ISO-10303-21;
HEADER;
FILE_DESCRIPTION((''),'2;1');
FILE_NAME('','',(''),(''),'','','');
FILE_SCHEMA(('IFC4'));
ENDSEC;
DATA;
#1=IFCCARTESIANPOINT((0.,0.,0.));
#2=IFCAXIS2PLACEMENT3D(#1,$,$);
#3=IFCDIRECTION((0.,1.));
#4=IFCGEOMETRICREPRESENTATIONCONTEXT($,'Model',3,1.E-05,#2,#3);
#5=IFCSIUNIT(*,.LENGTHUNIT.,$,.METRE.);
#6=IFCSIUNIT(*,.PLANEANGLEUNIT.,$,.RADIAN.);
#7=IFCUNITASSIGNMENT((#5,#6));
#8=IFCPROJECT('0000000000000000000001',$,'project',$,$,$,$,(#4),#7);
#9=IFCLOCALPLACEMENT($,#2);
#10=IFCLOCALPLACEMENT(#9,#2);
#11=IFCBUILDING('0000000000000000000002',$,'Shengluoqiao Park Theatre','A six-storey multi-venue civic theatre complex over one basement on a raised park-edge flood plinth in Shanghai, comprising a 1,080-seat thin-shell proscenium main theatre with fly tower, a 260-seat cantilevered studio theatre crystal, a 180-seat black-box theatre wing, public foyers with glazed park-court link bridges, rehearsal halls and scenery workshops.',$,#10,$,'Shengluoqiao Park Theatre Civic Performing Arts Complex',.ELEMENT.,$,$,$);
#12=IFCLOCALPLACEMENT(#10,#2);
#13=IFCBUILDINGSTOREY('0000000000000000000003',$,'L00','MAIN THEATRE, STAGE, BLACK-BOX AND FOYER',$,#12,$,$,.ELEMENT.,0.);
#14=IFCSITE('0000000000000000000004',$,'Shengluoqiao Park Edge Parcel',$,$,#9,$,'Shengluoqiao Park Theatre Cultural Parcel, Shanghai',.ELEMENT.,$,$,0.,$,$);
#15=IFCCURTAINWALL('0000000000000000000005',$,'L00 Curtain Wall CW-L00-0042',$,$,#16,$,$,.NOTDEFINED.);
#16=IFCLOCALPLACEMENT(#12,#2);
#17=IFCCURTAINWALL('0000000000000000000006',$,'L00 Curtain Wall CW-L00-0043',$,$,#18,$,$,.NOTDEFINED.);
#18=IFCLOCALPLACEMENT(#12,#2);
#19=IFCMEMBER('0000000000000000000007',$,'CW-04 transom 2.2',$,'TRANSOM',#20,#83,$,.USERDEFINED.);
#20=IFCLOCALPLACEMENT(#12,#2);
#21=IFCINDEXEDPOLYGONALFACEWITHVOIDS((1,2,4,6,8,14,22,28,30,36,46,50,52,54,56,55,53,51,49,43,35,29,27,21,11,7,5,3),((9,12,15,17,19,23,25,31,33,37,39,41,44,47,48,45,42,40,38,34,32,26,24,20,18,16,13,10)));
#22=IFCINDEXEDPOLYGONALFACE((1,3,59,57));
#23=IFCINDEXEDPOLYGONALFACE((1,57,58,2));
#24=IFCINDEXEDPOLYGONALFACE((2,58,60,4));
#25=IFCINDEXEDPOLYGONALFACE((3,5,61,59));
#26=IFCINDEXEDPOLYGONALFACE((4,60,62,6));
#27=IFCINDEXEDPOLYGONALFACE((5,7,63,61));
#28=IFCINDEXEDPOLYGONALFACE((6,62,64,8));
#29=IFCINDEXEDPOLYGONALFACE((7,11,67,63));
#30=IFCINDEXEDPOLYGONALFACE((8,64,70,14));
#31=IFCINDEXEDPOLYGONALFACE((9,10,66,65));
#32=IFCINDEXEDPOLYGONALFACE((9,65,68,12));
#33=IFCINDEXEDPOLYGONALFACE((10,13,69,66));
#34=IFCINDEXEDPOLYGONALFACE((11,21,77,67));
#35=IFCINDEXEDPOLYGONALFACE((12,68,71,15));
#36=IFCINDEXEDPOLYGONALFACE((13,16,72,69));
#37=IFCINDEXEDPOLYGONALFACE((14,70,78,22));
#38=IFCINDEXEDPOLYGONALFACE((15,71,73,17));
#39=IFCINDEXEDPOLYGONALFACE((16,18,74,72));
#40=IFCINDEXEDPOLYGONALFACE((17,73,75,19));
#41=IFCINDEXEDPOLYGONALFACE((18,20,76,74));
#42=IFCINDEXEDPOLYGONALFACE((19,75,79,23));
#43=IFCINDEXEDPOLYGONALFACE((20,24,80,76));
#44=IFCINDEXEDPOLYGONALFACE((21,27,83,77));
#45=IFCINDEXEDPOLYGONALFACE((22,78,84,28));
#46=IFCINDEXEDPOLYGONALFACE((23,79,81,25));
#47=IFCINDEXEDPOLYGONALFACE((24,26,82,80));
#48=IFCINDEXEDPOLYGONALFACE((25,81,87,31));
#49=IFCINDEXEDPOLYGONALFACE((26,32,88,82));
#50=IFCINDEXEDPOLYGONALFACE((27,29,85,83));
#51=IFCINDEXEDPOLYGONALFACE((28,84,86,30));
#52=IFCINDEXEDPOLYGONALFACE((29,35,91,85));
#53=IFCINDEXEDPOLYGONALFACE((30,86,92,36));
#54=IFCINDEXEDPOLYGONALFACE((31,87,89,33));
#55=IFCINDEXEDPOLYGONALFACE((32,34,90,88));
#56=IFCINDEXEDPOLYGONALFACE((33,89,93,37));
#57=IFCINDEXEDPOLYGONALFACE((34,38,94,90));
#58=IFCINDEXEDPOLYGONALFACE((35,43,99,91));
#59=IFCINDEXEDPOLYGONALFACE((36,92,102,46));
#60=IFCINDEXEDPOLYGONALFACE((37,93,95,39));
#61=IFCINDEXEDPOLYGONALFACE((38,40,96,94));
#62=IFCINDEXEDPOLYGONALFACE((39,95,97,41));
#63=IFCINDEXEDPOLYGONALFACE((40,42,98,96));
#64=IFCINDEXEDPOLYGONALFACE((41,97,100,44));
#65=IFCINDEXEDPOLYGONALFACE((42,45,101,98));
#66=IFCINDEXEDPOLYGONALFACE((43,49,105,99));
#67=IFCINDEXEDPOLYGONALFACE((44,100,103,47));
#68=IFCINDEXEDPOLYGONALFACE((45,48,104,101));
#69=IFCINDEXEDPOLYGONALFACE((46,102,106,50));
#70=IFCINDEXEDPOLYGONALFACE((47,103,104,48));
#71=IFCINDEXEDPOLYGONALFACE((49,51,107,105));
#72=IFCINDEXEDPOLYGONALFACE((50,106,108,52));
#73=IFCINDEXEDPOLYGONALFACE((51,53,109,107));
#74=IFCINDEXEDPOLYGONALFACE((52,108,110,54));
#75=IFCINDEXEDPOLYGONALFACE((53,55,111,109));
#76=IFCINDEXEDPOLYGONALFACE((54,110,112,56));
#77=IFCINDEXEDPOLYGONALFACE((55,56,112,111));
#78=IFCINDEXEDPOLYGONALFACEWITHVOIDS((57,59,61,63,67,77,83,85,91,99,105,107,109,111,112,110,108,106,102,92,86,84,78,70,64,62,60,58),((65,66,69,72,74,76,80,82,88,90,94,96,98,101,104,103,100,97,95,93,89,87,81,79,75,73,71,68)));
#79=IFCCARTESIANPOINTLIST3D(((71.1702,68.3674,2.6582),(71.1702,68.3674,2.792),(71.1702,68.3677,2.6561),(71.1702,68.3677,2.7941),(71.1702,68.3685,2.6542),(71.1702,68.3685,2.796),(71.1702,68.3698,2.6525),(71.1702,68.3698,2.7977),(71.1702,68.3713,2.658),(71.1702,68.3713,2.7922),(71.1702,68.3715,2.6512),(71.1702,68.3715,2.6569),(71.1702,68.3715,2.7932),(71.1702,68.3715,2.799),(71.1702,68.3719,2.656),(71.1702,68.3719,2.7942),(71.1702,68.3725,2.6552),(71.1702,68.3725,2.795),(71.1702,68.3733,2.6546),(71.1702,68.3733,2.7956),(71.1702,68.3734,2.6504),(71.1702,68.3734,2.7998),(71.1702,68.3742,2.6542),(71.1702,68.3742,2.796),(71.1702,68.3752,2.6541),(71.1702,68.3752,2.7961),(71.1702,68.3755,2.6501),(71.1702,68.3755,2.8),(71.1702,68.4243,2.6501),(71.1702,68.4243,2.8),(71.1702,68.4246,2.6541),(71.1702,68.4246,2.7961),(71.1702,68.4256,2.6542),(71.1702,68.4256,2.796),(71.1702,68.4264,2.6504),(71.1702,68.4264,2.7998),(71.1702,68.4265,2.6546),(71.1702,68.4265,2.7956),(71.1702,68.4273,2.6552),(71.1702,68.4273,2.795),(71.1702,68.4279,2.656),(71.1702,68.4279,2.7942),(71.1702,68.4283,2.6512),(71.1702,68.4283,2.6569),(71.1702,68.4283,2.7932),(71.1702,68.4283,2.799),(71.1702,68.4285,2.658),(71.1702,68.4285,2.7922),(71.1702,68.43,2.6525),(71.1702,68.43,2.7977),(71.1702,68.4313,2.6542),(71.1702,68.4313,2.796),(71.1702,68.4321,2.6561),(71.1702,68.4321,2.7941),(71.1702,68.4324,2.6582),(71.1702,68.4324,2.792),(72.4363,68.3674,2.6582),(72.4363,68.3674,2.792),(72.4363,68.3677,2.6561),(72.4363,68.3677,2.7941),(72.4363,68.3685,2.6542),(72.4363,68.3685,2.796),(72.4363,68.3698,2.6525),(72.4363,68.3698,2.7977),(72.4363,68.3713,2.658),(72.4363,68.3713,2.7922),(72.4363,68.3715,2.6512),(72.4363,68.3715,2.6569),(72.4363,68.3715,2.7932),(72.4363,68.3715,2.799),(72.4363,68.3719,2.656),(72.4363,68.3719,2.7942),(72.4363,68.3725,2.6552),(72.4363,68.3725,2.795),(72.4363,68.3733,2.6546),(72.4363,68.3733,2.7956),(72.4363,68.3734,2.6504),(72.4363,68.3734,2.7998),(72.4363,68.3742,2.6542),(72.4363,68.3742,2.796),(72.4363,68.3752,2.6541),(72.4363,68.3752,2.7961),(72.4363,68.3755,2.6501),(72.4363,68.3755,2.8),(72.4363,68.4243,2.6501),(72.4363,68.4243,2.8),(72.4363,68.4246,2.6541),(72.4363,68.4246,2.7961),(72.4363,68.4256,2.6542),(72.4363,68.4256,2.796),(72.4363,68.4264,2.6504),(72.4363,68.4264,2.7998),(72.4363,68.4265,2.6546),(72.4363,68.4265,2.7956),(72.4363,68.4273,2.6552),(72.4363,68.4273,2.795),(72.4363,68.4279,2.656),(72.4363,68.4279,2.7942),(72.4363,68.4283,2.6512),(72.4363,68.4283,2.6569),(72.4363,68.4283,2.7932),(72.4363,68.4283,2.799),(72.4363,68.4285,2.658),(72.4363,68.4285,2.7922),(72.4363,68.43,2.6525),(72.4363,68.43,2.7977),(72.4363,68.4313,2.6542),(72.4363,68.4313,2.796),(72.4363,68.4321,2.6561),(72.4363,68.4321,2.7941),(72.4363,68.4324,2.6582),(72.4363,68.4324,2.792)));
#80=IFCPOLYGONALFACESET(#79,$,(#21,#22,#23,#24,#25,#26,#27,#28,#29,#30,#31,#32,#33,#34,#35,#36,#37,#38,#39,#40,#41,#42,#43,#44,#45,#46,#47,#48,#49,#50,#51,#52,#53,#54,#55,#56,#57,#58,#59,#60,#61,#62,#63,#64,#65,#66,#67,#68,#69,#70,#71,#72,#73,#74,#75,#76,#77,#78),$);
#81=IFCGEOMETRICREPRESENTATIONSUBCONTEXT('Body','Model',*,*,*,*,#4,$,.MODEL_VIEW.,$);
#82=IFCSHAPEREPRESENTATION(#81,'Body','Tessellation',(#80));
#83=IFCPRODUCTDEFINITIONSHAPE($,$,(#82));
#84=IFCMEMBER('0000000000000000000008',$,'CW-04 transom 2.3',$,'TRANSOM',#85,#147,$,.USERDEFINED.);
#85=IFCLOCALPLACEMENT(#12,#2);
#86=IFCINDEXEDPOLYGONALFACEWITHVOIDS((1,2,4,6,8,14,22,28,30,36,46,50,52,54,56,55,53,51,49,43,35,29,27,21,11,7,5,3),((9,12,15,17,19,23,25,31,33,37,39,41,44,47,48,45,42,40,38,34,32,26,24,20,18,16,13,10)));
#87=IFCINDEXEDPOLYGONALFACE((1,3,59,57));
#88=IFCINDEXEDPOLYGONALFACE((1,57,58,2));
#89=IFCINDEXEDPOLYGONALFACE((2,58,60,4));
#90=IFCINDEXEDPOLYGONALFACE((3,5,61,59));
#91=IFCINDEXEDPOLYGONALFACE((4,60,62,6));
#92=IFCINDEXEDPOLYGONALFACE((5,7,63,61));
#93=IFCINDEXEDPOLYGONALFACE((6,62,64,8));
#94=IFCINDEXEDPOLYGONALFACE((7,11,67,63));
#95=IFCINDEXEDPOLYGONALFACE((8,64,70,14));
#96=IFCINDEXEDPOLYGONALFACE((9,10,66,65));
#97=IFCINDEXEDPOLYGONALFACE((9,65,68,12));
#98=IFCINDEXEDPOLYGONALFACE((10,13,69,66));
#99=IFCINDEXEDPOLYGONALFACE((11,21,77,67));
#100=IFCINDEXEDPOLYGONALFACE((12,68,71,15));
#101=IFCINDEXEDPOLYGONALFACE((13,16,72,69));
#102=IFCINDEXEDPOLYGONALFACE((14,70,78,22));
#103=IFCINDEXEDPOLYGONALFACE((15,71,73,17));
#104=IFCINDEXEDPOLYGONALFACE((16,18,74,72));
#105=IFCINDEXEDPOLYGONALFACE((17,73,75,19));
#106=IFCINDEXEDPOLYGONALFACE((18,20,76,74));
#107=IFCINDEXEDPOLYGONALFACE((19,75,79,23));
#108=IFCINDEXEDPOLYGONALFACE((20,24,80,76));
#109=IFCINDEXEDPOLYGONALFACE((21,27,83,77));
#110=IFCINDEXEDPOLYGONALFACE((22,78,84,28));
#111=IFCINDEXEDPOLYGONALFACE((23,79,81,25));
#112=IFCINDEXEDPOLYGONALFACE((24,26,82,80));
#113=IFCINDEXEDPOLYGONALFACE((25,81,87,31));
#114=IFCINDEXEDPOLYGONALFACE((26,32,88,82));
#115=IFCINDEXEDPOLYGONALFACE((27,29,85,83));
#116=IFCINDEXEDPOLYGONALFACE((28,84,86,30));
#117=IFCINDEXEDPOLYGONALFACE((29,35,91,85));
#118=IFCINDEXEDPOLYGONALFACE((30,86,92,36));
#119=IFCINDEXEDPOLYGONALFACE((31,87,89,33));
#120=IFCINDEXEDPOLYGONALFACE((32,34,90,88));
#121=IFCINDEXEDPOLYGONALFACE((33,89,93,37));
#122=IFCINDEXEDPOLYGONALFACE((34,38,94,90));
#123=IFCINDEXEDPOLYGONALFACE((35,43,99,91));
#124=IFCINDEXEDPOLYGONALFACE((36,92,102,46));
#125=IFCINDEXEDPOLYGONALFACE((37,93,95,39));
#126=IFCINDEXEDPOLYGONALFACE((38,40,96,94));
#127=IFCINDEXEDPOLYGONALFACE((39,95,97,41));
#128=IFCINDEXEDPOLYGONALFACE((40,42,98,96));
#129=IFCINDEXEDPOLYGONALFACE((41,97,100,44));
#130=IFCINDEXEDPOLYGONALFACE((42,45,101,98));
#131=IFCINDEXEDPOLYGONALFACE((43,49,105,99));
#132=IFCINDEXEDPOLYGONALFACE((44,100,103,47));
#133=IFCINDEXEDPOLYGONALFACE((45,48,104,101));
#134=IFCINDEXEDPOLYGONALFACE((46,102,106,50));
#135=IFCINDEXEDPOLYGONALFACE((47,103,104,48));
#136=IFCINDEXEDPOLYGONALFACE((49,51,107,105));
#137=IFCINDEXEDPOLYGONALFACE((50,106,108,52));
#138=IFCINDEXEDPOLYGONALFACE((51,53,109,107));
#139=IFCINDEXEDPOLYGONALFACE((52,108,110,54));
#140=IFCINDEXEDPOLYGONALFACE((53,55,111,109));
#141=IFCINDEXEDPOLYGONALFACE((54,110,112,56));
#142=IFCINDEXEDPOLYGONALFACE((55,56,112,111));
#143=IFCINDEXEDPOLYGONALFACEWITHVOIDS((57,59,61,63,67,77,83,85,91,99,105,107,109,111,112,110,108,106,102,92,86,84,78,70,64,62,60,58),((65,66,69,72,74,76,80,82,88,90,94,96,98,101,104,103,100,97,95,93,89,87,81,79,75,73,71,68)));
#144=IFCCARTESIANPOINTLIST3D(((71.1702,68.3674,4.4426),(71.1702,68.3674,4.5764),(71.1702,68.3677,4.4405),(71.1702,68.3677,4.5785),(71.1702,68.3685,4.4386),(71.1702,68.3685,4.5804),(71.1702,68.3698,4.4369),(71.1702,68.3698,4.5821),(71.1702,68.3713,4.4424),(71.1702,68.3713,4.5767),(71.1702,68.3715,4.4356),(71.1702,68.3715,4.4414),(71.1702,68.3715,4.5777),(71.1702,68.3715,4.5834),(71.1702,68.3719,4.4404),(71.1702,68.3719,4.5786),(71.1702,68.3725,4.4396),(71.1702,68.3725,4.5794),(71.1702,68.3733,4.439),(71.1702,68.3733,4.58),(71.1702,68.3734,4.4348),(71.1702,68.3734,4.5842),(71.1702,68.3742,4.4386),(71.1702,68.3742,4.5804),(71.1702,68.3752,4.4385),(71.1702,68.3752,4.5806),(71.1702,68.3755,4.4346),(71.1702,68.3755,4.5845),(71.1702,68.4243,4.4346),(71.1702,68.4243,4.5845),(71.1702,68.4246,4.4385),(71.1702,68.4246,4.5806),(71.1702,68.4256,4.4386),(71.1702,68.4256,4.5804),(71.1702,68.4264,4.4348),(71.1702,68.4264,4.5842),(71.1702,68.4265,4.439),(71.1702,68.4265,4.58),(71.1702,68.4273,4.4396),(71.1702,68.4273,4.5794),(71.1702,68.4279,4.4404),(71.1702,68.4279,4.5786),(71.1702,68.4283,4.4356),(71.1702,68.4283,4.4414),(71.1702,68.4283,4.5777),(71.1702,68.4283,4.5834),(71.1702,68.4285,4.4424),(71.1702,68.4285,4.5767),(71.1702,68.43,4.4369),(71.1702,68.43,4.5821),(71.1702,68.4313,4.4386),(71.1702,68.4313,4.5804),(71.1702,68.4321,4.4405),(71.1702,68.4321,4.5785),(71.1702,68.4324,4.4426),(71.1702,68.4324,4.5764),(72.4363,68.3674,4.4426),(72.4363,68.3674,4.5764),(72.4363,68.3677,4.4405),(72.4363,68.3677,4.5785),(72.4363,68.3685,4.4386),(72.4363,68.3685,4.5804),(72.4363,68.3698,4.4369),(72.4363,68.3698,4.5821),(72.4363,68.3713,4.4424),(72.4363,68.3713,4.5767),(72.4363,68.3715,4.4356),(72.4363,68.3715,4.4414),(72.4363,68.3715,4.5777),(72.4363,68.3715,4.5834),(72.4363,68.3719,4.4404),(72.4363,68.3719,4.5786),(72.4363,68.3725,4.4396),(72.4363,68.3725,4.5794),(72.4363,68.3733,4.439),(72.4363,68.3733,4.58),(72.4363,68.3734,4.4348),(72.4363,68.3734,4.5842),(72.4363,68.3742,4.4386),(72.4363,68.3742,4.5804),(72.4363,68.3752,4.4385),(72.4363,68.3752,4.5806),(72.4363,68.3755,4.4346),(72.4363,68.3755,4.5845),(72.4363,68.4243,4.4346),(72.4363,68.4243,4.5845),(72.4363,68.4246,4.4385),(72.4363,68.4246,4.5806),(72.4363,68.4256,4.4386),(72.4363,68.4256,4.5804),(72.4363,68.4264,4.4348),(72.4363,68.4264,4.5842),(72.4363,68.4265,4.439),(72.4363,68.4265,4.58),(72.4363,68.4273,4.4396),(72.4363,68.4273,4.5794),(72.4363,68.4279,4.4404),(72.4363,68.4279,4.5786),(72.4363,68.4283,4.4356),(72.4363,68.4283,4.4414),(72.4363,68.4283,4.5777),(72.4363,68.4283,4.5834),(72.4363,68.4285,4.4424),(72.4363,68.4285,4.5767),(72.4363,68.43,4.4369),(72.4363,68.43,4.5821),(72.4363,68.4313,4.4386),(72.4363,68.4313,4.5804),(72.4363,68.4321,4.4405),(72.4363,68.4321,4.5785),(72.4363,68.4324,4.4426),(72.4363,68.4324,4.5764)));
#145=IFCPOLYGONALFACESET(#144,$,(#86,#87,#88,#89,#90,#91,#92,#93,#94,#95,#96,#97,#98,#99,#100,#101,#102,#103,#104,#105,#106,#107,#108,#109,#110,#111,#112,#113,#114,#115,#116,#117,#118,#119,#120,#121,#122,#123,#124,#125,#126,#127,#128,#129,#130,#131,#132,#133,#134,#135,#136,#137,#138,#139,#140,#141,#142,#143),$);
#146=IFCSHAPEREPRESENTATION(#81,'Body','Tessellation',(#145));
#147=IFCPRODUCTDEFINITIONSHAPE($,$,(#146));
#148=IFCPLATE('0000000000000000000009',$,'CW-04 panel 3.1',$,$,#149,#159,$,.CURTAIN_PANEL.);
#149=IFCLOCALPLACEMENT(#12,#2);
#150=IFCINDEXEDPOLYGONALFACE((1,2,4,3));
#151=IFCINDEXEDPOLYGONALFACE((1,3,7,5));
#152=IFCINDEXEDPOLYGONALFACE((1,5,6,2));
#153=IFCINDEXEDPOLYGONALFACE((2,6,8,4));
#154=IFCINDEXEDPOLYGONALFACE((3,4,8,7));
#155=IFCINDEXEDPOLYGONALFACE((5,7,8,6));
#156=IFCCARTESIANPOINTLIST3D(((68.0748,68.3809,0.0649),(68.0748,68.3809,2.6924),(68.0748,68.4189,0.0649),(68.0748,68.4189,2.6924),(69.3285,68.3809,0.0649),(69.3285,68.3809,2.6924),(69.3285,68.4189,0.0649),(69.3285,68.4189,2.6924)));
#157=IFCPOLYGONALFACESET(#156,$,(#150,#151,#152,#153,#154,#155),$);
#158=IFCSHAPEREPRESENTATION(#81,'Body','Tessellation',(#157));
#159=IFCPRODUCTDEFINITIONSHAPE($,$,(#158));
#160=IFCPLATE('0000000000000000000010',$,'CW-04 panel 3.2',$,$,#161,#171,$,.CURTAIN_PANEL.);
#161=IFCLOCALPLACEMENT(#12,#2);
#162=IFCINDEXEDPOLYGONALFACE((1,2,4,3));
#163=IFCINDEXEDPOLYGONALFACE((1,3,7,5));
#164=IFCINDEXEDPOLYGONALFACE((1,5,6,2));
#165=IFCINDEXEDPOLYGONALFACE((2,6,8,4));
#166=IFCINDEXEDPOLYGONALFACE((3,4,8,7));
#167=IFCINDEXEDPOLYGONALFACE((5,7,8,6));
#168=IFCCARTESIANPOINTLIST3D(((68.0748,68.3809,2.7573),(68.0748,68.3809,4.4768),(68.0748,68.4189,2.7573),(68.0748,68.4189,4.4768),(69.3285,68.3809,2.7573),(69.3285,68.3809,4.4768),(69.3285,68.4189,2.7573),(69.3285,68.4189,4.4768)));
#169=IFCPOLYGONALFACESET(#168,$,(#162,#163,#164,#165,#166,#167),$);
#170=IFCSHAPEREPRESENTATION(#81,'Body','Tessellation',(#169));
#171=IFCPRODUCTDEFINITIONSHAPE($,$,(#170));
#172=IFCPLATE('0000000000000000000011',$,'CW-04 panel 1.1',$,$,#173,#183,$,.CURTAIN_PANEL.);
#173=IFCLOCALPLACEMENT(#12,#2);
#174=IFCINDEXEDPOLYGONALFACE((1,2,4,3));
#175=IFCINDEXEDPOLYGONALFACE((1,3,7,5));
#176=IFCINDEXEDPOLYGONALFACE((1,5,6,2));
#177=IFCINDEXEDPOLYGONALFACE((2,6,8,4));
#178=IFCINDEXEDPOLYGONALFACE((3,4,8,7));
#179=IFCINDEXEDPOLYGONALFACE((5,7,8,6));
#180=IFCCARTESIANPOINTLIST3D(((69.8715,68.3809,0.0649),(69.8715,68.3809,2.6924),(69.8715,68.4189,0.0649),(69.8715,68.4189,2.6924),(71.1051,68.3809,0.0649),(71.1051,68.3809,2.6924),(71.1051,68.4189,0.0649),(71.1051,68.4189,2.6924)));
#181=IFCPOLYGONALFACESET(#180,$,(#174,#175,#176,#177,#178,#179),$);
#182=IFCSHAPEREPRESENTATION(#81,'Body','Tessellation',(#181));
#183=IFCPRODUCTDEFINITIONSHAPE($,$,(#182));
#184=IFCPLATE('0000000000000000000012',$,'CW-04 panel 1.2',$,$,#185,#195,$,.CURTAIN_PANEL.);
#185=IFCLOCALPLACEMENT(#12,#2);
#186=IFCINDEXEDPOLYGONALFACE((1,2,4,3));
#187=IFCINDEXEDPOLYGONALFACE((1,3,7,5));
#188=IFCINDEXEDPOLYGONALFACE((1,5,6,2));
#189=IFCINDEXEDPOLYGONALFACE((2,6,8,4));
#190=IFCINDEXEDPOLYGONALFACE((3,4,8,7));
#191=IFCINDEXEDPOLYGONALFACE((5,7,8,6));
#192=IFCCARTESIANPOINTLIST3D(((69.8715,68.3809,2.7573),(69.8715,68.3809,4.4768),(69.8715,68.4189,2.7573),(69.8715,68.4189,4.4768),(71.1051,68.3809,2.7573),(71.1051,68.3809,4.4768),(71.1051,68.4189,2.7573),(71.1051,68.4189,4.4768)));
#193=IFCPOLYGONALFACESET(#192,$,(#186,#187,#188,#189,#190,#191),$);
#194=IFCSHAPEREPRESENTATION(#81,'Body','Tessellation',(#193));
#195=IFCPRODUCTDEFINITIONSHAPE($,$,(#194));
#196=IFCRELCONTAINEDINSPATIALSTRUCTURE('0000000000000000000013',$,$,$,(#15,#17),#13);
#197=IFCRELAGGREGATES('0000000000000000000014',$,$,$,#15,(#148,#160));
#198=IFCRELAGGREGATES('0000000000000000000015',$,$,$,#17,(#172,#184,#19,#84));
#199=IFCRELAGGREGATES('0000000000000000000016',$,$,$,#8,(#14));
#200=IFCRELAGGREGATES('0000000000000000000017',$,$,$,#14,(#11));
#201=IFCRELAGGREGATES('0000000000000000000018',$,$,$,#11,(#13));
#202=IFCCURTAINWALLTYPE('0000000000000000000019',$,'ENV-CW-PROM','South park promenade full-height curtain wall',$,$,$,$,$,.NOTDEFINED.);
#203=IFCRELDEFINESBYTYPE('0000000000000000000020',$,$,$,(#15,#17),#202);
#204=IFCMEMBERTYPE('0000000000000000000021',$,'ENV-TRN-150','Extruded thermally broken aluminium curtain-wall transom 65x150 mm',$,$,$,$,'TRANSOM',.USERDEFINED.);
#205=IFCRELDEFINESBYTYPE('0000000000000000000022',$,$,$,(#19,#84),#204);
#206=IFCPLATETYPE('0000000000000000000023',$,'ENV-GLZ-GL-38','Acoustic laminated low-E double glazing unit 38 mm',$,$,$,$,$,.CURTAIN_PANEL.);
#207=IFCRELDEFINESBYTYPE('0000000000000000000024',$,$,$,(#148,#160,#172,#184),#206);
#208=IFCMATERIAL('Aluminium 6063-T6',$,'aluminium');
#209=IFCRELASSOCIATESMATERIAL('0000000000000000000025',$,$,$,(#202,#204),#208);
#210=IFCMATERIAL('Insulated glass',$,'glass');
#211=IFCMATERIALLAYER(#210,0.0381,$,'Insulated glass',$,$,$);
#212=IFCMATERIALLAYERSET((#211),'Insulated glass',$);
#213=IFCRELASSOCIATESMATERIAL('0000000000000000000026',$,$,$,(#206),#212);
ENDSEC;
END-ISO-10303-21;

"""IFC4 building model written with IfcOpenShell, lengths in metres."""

from ifc_helpers import new_model, si_unit, direction, frame, origin, origin_2d, place, context, subcontext, project, spatial, rectangle, hollow_rectangle, extrude, material, layer, layer_set, material_profile, profile_set, type_object, element, aggregate, save


model = new_model("IFC4")

# Units and contexts
model_context = context("Model", 3, precision=1e-05, world=origin(), true_north=direction((0.0, 1.0)))
body_context = subcontext(model_context, "Body", "Model", "MODEL_VIEW")
ifc_project = project(units=[si_unit("LENGTHUNIT", "METRE"), si_unit("PLANEANGLEUNIT", "RADIAN")], contexts=[model_context])

# Site, building, storey
site_placement = place(None, origin())
site = spatial("IfcSite", under=ifc_project, at=site_placement, Name="Shengluoqiao Park Edge Parcel", LongName="Shengluoqiao Park Theatre Cultural Parcel, Shanghai", CompositionType="ELEMENT", RefElevation=0.0)
building_placement = place(site_placement, origin())
building = spatial("IfcBuilding", under=site, at=building_placement, Name="Shengluoqiao Park Theatre", Description="A six-storey multi-venue civic theatre complex over one basement on a raised park-edge flood plinth in Shanghai, comprising a 1,080-seat thin-shell proscenium main theatre with fly tower, a 260-seat cantilevered studio theatre crystal, a 180-seat black-box theatre wing, public foyers with glazed park-court link bridges, rehearsal halls and scenery workshops.", LongName="Shengluoqiao Park Theatre Civic Performing Arts Complex", CompositionType="ELEMENT")
storey_placement = place(building_placement, origin())
storey = spatial("IfcBuildingStorey", under=building, at=storey_placement, Name="L00", Description="MAIN THEATRE, STAGE, BLACK-BOX AND FOYER", CompositionType="ELEMENT", Elevation=0.0)

# Curtain wall
ifc_material_1 = material(Name="Aluminium 6063-T6", Category="aluminium")
curtain_wall_type = type_object("IfcCurtainWallType", Name="ENV-CW-PROM", Description="South park promenade full-height curtain wall", PredefinedType="NOTDEFINED", material=ifc_material_1)
curtain_wall_1_placement = place(storey_placement, origin())
curtain_wall_1 = element("IfcCurtainWall", 1, at=curtain_wall_1_placement, inside=storey, type_object=curtain_wall_type, Name="L00 Curtain Wall CW-L00-0042", PredefinedType="NOTDEFINED")

# Curtain wall
curtain_wall_2_placement = place(storey_placement, origin())
curtain_wall_2 = element("IfcCurtainWall", 2, at=curtain_wall_2_placement, inside=storey, type_object=curtain_wall_type, Name="L00 Curtain Wall CW-L00-0043", PredefinedType="NOTDEFINED")

# Members
ifc_material_profile_1 = material_profile(ifc_material_1, hollow_rectangle(XDim=0.0649, YDim=0.1499, WallThickness=0.0039, InnerFilletRadius=0.0039, OuterFilletRadius=0.0081, at=origin_2d()), Name="ALU TRANSOM 150x65x4")
ifc_profile_set_1 = profile_set([ifc_material_profile_1], Name="Aluminium 6063-T6")
member_type_1 = type_object("IfcMemberType", Name="ENV-TRN-150", Description="Extruded thermally broken aluminium curtain-wall transom 65x150 mm", ElementType="TRANSOM", PredefinedType="USERDEFINED", material=ifc_profile_set_1)
member_1_placement = place(storey_placement, frame((71.1702, 68.3999, 2.7251), z_axis=(1.0, 0.0, 0.0), x_axis=(0.0, 1.0, 0.0)))
member_1 = element("IfcMember", 3, at=member_1_placement, type_object=member_type_1, Name="CW-04 transom 2.2", ObjectType="TRANSOM", PredefinedType="USERDEFINED", context=body_context, shape_type="SweptSolid", body=[
    extrude(hollow_rectangle(XDim=0.0649, YDim=0.1499, WallThickness=0.0039, InnerFilletRadius=0.0039, OuterFilletRadius=0.0081, at=origin_2d()), origin(), (0.0, 0.0, 1.0), 1.2661),
])
member_2_placement = place(storey_placement, frame((71.1702, 68.3999, 4.5095), z_axis=(1.0, 0.0, 0.0), x_axis=(0.0, 1.0, 0.0)))
member_2 = element("IfcMember", 4, at=member_2_placement, type_object=member_type_1, Name="CW-04 transom 2.3", ObjectType="TRANSOM", PredefinedType="USERDEFINED", context=body_context, shape_type="SweptSolid", body=[
    extrude(hollow_rectangle(XDim=0.0649, YDim=0.1499, WallThickness=0.0039, InnerFilletRadius=0.0039, OuterFilletRadius=0.0081, at=origin_2d()), origin(), (0.0, 0.0, 1.0), 1.2661),
])

# Plates
ifc_material_2 = material(Name="Insulated glass", Category="glass")
ifc_layer = layer(ifc_material_2, 0.0381, Name="Insulated glass")
ifc_layer_set = layer_set([ifc_layer], Name="Insulated glass")
plate_type = type_object("IfcPlateType", Name="ENV-GLZ-GL-38", Description="Acoustic laminated low-E double glazing unit 38 mm", PredefinedType="CURTAIN_PANEL", material=ifc_layer_set)
plate_1_placement = place(storey_placement, frame((68.7017, 68.3999, 0.0649), z_axis=(0.0, 0.0, 1.0), x_axis=(1.0, 0.0, 0.0)))
plate_1 = element("IfcPlate", 5, at=plate_1_placement, type_object=plate_type, Name="CW-04 panel 3.1", PredefinedType="CURTAIN_PANEL", context=body_context, shape_type="SweptSolid", body=[
    extrude(rectangle(XDim=1.2537, YDim=0.0381, at=origin_2d()), origin(), (0.0, 0.0, 1.0), 2.6274),
])
plate_2_placement = place(storey_placement, frame((68.7017, 68.3999, 2.7573), z_axis=(0.0, 0.0, 1.0), x_axis=(1.0, 0.0, 0.0)))
plate_2 = element("IfcPlate", 6, at=plate_2_placement, type_object=plate_type, Name="CW-04 panel 3.2", PredefinedType="CURTAIN_PANEL", context=body_context, shape_type="SweptSolid", body=[
    extrude(rectangle(XDim=1.2537, YDim=0.0381, at=origin_2d()), origin(), (0.0, 0.0, 1.0), 1.7195),
])
aggregate(curtain_wall_1, [plate_1, plate_2])
plate_3_placement = place(storey_placement, frame((70.4883, 68.3999, 0.0649), z_axis=(0.0, 0.0, 1.0), x_axis=(1.0, 0.0, 0.0)))
plate_3 = element("IfcPlate", 7, at=plate_3_placement, type_object=plate_type, Name="CW-04 panel 1.1", PredefinedType="CURTAIN_PANEL", context=body_context, shape_type="SweptSolid", body=[
    extrude(rectangle(XDim=1.2336, YDim=0.0381, at=origin_2d()), origin(), (0.0, 0.0, 1.0), 2.6274),
])
plate_4_placement = place(storey_placement, frame((70.4883, 68.3999, 2.7573), z_axis=(0.0, 0.0, 1.0), x_axis=(1.0, 0.0, 0.0)))
plate_4 = element("IfcPlate", 8, at=plate_4_placement, type_object=plate_type, Name="CW-04 panel 1.2", PredefinedType="CURTAIN_PANEL", context=body_context, shape_type="SweptSolid", body=[
    extrude(rectangle(XDim=1.2336, YDim=0.0381, at=origin_2d()), origin(), (0.0, 0.0, 1.0), 1.7195),
])
aggregate(curtain_wall_2, [plate_3, plate_4, member_1, member_2])

save(model, "model.ifc")
